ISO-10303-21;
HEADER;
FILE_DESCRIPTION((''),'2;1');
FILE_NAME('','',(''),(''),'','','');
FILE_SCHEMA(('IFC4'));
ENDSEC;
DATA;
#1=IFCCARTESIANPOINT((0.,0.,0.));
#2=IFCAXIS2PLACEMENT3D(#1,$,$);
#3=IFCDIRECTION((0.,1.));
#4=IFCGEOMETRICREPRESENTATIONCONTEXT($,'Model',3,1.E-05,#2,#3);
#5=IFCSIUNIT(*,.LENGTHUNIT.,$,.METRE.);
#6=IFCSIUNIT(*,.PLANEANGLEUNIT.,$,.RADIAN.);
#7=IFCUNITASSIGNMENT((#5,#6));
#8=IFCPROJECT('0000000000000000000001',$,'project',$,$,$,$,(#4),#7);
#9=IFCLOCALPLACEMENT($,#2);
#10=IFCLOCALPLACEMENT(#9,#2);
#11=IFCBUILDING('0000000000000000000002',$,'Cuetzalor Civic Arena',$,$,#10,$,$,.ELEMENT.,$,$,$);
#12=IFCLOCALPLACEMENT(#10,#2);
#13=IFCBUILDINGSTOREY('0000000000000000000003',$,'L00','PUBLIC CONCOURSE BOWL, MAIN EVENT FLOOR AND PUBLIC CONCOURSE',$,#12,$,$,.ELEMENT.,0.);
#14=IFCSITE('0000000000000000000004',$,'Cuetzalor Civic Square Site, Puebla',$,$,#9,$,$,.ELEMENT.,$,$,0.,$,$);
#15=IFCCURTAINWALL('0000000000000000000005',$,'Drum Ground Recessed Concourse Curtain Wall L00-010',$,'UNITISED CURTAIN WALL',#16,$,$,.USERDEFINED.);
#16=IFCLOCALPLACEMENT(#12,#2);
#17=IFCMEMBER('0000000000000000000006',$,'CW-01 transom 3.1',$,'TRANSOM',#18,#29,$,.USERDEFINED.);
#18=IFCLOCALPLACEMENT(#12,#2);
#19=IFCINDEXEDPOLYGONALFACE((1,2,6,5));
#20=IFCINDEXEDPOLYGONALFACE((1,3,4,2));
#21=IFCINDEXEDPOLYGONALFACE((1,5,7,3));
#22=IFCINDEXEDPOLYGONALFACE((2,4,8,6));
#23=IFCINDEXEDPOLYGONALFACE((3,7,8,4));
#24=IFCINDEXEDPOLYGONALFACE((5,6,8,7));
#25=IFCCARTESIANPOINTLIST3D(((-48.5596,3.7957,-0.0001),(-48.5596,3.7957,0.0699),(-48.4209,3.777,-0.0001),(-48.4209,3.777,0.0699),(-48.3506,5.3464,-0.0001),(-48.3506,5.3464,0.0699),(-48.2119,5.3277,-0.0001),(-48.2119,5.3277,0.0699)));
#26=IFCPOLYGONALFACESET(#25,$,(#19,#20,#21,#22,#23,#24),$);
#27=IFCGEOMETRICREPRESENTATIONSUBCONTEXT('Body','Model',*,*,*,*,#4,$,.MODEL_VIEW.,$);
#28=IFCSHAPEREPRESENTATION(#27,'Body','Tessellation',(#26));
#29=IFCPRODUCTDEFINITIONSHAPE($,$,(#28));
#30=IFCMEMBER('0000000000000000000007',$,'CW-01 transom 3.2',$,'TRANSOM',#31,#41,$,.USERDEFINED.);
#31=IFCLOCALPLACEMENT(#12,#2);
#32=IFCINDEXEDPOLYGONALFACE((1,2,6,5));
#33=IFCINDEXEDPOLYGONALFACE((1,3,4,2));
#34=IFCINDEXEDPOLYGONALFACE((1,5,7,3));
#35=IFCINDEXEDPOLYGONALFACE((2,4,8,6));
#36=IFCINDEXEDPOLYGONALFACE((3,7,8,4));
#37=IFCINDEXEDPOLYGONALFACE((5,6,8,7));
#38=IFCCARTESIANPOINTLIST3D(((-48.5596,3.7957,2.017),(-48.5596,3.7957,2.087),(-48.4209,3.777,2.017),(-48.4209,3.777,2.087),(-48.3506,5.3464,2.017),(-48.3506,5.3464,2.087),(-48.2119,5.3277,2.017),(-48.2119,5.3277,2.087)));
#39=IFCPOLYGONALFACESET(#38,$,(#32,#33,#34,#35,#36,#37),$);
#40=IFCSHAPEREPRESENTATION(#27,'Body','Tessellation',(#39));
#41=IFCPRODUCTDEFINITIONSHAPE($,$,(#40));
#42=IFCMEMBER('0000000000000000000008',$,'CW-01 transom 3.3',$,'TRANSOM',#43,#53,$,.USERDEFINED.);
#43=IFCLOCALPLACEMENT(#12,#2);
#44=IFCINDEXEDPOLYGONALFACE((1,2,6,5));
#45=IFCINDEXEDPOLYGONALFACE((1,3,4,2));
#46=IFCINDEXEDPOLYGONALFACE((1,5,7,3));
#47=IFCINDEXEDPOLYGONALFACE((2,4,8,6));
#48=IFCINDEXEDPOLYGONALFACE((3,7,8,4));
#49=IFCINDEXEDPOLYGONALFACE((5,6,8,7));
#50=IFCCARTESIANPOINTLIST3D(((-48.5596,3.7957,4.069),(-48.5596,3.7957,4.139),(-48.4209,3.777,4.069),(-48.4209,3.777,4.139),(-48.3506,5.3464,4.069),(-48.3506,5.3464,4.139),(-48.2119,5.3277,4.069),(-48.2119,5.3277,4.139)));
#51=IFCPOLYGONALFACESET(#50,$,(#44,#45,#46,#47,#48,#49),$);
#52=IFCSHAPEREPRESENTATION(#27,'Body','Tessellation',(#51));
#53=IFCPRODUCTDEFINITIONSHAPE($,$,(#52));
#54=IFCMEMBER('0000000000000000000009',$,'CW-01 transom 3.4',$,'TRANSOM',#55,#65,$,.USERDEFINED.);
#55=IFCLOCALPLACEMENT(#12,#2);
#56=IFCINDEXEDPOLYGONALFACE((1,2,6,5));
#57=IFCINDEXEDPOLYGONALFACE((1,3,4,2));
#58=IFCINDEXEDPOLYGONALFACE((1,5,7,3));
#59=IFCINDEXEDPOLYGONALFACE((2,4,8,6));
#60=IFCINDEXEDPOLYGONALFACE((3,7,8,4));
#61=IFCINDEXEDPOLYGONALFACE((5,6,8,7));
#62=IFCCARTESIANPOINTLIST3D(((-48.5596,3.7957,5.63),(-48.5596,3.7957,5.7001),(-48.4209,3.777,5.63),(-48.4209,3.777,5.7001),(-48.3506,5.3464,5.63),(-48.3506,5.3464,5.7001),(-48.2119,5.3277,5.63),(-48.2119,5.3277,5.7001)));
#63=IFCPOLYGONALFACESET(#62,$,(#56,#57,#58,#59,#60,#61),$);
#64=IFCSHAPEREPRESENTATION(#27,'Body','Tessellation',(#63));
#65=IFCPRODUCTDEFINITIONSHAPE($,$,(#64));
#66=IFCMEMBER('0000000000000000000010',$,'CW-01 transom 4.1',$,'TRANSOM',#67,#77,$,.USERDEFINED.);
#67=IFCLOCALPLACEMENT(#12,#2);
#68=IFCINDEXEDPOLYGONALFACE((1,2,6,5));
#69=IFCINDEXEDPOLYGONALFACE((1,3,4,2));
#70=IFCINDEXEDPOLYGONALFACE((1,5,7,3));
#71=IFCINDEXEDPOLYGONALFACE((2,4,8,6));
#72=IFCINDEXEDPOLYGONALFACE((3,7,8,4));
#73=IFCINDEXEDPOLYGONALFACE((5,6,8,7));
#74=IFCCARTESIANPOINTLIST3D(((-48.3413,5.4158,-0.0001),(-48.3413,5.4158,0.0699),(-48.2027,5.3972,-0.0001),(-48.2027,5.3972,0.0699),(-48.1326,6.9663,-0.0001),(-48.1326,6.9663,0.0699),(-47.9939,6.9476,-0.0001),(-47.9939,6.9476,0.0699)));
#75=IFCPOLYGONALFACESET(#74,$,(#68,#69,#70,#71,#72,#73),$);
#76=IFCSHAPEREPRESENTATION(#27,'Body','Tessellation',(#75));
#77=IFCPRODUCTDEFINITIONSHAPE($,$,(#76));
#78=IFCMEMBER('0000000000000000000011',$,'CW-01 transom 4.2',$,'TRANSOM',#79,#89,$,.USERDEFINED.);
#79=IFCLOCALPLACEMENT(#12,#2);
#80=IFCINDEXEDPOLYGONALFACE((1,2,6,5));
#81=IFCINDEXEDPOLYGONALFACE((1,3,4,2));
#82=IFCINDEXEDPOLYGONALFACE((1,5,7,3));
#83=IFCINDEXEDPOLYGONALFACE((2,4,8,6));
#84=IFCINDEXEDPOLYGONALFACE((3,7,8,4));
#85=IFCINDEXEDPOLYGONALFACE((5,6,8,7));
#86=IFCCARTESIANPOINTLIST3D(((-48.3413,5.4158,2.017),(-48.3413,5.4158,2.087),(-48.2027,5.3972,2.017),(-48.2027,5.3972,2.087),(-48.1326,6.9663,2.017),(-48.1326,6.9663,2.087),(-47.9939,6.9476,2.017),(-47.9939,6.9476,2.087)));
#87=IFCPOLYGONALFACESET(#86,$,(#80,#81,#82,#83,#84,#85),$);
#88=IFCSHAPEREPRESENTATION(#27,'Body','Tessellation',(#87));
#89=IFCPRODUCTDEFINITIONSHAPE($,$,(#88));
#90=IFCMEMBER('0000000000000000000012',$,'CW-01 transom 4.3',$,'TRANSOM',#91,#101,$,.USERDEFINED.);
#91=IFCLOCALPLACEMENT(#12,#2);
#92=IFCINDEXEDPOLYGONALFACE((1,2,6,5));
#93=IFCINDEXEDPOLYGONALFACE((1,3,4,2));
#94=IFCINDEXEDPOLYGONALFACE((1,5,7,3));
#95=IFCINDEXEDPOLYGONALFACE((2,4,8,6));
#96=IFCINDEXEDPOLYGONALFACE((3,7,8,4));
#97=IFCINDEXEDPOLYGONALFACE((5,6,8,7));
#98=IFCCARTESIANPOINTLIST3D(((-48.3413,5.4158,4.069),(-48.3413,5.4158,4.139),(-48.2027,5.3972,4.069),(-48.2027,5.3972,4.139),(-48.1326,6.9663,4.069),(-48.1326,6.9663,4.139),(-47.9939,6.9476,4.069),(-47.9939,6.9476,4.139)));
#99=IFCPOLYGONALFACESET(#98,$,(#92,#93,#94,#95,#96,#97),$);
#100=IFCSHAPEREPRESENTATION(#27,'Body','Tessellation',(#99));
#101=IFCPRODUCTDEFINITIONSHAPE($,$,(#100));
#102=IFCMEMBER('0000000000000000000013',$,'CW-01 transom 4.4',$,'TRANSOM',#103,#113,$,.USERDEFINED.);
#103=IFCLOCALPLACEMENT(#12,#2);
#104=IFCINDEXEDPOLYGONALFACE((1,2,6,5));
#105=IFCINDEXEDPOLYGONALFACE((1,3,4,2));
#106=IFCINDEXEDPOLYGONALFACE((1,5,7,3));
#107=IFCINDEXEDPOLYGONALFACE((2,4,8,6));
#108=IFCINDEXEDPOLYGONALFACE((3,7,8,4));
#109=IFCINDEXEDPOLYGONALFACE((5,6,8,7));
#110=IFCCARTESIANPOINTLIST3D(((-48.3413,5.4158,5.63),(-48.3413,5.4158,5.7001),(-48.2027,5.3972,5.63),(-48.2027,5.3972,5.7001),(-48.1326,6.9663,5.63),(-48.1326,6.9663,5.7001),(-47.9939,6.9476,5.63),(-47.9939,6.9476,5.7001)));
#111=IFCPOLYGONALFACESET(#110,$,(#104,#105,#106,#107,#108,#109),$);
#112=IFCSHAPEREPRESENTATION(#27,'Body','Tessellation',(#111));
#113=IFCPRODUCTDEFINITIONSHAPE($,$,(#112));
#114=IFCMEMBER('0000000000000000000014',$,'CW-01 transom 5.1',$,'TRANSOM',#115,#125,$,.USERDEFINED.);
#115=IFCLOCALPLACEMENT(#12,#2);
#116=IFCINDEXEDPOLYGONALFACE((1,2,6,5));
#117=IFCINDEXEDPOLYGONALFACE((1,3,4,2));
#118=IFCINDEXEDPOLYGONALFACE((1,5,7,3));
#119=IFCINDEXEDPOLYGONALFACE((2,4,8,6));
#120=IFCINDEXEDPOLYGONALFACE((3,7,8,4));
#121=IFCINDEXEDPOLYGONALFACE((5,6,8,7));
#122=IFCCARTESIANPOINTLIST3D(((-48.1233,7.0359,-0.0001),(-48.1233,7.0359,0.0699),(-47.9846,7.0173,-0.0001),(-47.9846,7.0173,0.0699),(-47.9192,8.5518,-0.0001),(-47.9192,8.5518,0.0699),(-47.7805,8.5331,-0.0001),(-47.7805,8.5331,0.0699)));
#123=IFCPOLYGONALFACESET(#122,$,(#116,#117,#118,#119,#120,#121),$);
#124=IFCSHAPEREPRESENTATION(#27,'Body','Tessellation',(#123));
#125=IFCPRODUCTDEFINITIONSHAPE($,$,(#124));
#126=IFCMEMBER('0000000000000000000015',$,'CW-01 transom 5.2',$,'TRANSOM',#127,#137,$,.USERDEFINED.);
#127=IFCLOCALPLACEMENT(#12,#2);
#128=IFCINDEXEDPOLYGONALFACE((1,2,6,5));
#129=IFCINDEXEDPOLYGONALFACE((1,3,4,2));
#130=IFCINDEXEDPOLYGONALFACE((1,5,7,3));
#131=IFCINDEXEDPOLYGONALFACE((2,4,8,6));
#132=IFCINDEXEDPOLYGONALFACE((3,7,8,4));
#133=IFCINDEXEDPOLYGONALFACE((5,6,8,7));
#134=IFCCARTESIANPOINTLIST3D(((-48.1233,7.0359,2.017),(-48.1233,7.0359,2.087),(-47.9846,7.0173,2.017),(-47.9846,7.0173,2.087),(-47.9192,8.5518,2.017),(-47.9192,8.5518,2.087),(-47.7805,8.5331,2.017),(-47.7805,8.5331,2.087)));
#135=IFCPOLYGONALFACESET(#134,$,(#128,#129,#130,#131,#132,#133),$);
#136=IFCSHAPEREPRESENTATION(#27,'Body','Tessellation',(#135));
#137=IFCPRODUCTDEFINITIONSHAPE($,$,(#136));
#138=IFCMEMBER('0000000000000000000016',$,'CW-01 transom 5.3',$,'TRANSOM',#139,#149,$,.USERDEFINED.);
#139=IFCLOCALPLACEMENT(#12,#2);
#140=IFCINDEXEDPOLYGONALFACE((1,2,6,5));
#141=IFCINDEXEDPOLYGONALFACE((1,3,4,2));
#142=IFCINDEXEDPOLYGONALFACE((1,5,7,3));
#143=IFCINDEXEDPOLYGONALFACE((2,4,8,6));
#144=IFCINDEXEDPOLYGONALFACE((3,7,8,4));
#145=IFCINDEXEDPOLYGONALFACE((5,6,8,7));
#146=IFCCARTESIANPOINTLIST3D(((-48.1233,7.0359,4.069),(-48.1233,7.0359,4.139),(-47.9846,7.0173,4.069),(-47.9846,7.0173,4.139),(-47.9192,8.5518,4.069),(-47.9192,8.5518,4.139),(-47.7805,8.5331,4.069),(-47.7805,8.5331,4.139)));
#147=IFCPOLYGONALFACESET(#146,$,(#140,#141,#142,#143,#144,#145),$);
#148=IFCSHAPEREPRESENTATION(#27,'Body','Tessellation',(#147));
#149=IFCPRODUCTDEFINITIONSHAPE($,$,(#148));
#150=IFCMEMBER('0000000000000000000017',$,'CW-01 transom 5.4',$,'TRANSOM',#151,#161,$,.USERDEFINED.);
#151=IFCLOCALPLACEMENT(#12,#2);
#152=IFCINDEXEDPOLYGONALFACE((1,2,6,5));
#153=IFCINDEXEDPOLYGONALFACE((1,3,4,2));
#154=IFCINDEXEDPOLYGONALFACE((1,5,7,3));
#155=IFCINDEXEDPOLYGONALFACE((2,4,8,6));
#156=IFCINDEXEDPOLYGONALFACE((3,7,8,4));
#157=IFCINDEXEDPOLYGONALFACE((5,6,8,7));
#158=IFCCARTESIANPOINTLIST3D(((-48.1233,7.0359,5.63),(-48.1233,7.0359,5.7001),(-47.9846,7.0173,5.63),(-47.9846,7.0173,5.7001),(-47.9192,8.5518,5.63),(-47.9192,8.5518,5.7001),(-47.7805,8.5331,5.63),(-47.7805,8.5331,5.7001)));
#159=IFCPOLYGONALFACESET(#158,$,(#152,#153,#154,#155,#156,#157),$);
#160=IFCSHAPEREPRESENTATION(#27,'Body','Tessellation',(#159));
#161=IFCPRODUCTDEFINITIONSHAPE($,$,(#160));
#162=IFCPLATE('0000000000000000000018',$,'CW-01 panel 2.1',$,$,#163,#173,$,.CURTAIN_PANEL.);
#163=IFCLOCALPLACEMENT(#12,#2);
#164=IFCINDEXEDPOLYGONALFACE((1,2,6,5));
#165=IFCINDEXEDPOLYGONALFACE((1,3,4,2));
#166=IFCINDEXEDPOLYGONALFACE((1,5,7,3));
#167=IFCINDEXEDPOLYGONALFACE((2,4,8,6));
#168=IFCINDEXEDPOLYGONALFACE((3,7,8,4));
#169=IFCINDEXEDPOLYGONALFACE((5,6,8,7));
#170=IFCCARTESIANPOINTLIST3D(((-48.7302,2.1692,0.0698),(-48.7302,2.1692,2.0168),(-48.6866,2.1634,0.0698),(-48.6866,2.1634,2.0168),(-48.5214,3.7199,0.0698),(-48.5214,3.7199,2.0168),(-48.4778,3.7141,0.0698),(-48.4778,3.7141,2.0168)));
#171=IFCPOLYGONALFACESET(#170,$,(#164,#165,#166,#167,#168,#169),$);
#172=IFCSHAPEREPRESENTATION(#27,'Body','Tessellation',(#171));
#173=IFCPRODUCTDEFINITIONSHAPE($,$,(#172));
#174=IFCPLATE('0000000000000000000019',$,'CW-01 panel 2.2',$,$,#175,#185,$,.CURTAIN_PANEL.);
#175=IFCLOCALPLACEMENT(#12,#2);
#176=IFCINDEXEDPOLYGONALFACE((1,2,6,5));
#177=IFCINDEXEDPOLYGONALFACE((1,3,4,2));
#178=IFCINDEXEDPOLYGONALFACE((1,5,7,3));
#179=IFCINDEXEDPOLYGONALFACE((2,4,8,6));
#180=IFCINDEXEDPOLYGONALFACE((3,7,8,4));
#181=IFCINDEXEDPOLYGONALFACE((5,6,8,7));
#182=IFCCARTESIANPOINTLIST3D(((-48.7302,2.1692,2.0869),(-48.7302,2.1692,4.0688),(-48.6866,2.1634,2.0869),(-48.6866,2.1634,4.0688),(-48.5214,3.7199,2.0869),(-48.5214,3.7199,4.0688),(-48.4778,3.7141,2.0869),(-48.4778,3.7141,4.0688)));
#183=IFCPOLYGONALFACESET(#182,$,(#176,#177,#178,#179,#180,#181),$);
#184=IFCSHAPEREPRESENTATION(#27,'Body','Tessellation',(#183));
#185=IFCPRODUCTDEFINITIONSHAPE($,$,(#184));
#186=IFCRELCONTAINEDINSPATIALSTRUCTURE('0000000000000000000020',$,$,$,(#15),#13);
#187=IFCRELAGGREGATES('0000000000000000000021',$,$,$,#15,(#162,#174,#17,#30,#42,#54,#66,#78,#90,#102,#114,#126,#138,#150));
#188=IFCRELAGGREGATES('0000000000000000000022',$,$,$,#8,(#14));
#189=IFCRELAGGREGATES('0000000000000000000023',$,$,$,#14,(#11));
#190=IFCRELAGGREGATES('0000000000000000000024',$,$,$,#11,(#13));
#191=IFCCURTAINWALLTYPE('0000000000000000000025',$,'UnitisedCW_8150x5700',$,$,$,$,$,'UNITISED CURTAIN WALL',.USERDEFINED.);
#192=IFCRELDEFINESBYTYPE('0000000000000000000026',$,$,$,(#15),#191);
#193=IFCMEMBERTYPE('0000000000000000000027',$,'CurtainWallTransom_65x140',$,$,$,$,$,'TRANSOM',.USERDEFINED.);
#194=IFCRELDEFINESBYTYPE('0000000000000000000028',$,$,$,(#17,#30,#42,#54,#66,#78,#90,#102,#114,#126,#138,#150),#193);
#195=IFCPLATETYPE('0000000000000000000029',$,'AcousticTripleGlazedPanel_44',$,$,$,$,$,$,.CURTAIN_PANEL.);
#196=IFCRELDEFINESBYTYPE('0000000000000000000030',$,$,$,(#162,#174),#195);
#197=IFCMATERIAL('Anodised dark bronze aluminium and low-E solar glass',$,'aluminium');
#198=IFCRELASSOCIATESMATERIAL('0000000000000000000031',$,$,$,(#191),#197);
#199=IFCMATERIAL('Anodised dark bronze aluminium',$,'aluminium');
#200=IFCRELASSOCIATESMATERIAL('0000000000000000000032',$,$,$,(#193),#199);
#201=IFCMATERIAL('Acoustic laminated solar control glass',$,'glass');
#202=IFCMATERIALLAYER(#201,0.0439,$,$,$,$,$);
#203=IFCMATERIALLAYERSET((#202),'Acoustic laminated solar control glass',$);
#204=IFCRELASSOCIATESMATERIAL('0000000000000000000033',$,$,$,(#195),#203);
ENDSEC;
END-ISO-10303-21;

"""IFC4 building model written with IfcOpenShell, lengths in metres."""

from ifc_helpers import new_model, si_unit, direction, frame, origin, origin_2d, place, context, subcontext, project, spatial, rectangle, extrude, material, layer, layer_set, material_profile, profile_set, type_object, element, aggregate, save


model = new_model("IFC4")

# Units and contexts
model_context = context("Model", 3, precision=1e-05, world=origin(), true_north=direction((0.0, 1.0)))
body_context = subcontext(model_context, "Body", "Model", "MODEL_VIEW")
ifc_project = project(units=[si_unit("LENGTHUNIT", "METRE"), si_unit("PLANEANGLEUNIT", "RADIAN")], contexts=[model_context])

# Site, building, storey
site_placement = place(None, origin())
site = spatial("IfcSite", under=ifc_project, at=site_placement, Name="Cuetzalor Civic Square Site, Puebla", CompositionType="ELEMENT", RefElevation=0.0)
building_placement = place(site_placement, origin())
building = spatial("IfcBuilding", under=site, at=building_placement, Name="Cuetzalor Civic Arena", CompositionType="ELEMENT")
storey_placement = place(building_placement, origin())
storey = spatial("IfcBuildingStorey", under=building, at=storey_placement, Name="L00", Description="PUBLIC CONCOURSE BOWL, MAIN EVENT FLOOR AND PUBLIC CONCOURSE", CompositionType="ELEMENT", Elevation=0.0)

# Curtain wall, members, plates
ifc_material_1 = material(Name="Anodised dark bronze aluminium and low-E solar glass", Category="aluminium")
curtain_wall_type = type_object("IfcCurtainWallType", Name="UnitisedCW_8150x5700", ElementType="UNITISED CURTAIN WALL", PredefinedType="USERDEFINED", material=ifc_material_1)
curtain_wall_placement = place(storey_placement, origin())
curtain_wall = element("IfcCurtainWall", 1, at=curtain_wall_placement, inside=storey, type_object=curtain_wall_type, Name="Drum Ground Recessed Concourse Curtain Wall L00-010", ObjectType="UNITISED CURTAIN WALL", PredefinedType="USERDEFINED")
ifc_material_2 = material(Name="Anodised dark bronze aluminium", Category="aluminium")
ifc_material_profile_1 = material_profile(ifc_material_2, rectangle(XDim=0.1399, YDim=0.0701, at=origin_2d()), Name="ALU TRANSOM 70x140")
ifc_profile_set_1 = profile_set([ifc_material_profile_1], Name="Anodised dark bronze aluminium")
member_type_1 = type_object("IfcMemberType", Name="CurtainWallTransom_65x140", ElementType="TRANSOM", PredefinedType="USERDEFINED", material=ifc_profile_set_1)
member_1_placement = place(storey_placement, frame((-48.4902, 3.7864, 0.0349), z_axis=(0.133553, 0.991042, 0.0), x_axis=(-0.991042, 0.133553, 0.0)))
member_1 = element("IfcMember", 2, at=member_1_placement, type_object=member_type_1, Name="CW-01 transom 3.1", ObjectType="TRANSOM", PredefinedType="USERDEFINED", context=body_context, shape_type="SweptSolid", body=[
    extrude(rectangle(XDim=0.1399, YDim=0.0701, at=origin_2d()), origin(), (0.0, 0.0, 1.0), 1.5647),
])
member_2_placement = place(storey_placement, frame((-48.4902, 3.7864, 2.052), z_axis=(0.133553, 0.991042, 0.0), x_axis=(-0.991042, 0.133553, 0.0)))
member_2 = element("IfcMember", 3, at=member_2_placement, type_object=member_type_1, Name="CW-01 transom 3.2", ObjectType="TRANSOM", PredefinedType="USERDEFINED", context=body_context, shape_type="SweptSolid", body=[
    extrude(rectangle(XDim=0.1399, YDim=0.0701, at=origin_2d()), origin(), (0.0, 0.0, 1.0), 1.5647),
])
member_3_placement = place(storey_placement, frame((-48.4902, 3.7864, 4.104), z_axis=(0.133553, 0.991042, 0.0), x_axis=(-0.991042, 0.133553, 0.0)))
member_3 = element("IfcMember", 4, at=member_3_placement, type_object=member_type_1, Name="CW-01 transom 3.3", ObjectType="TRANSOM", PredefinedType="USERDEFINED", context=body_context, shape_type="SweptSolid", body=[
    extrude(rectangle(XDim=0.1399, YDim=0.0701, at=origin_2d()), origin(), (0.0, 0.0, 1.0), 1.5647),
])
member_4_placement = place(storey_placement, frame((-48.4902, 3.7864, 5.665), z_axis=(0.133553, 0.991042, 0.0), x_axis=(-0.991042, 0.133553, 0.0)))
member_4 = element("IfcMember", 5, at=member_4_placement, type_object=member_type_1, Name="CW-01 transom 3.4", ObjectType="TRANSOM", PredefinedType="USERDEFINED", context=body_context, shape_type="SweptSolid", body=[
    extrude(rectangle(XDim=0.1399, YDim=0.0701, at=origin_2d()), origin(), (0.0, 0.0, 1.0), 1.5647),
])
member_5_placement = place(storey_placement, frame((-48.272, 5.4065, 0.0349), z_axis=(0.133421, 0.991059, 0.0), x_axis=(-0.991059, 0.133421, 0.0)))
member_5 = element("IfcMember", 6, at=member_5_placement, type_object=member_type_1, Name="CW-01 transom 4.1", ObjectType="TRANSOM", PredefinedType="USERDEFINED", context=body_context, shape_type="SweptSolid", body=[
    extrude(rectangle(XDim=0.1399, YDim=0.0701, at=origin_2d()), origin(), (0.0, 0.0, 1.0), 1.5645),
])
member_6_placement = place(storey_placement, frame((-48.272, 5.4065, 2.052), z_axis=(0.133421, 0.991059, 0.0), x_axis=(-0.991059, 0.133421, 0.0)))
member_6 = element("IfcMember", 7, at=member_6_placement, type_object=member_type_1, Name="CW-01 transom 4.2", ObjectType="TRANSOM", PredefinedType="USERDEFINED", context=body_context, shape_type="SweptSolid", body=[
    extrude(rectangle(XDim=0.1399, YDim=0.0701, at=origin_2d()), origin(), (0.0, 0.0, 1.0), 1.5645),
])
member_7_placement = place(storey_placement, frame((-48.272, 5.4065, 4.104), z_axis=(0.133421, 0.991059, 0.0), x_axis=(-0.991059, 0.133421, 0.0)))
member_7 = element("IfcMember", 8, at=member_7_placement, type_object=member_type_1, Name="CW-01 transom 4.3", ObjectType="TRANSOM", PredefinedType="USERDEFINED", context=body_context, shape_type="SweptSolid", body=[
    extrude(rectangle(XDim=0.1399, YDim=0.0701, at=origin_2d()), origin(), (0.0, 0.0, 1.0), 1.5645),
])
member_8_placement = place(storey_placement, frame((-48.272, 5.4065, 5.665), z_axis=(0.133421, 0.991059, 0.0), x_axis=(-0.991059, 0.133421, 0.0)))
member_8 = element("IfcMember", 9, at=member_8_placement, type_object=member_type_1, Name="CW-01 transom 4.4", ObjectType="TRANSOM", PredefinedType="USERDEFINED", context=body_context, shape_type="SweptSolid", body=[
    extrude(rectangle(XDim=0.1399, YDim=0.0701, at=origin_2d()), origin(), (0.0, 0.0, 1.0), 1.5645),
])
member_9_placement = place(storey_placement, frame((-48.054, 7.0266, 0.0349), z_axis=(0.133439, 0.991057, 0.0), x_axis=(-0.991057, 0.133439, 0.0)))
member_9 = element("IfcMember", 10, at=member_9_placement, type_object=member_type_1, Name="CW-01 transom 5.1", ObjectType="TRANSOM", PredefinedType="USERDEFINED", context=body_context, shape_type="SweptSolid", body=[
    extrude(rectangle(XDim=0.1399, YDim=0.0701, at=origin_2d()), origin(), (0.0, 0.0, 1.0), 1.5295),
])
member_10_placement = place(storey_placement, frame((-48.054, 7.0266, 2.052), z_axis=(0.133439, 0.991057, 0.0), x_axis=(-0.991057, 0.133439, 0.0)))
member_10 = element("IfcMember", 11, at=member_10_placement, type_object=member_type_1, Name="CW-01 transom 5.2", ObjectType="TRANSOM", PredefinedType="USERDEFINED", context=body_context, shape_type="SweptSolid", body=[
    extrude(rectangle(XDim=0.1399, YDim=0.0701, at=origin_2d()), origin(), (0.0, 0.0, 1.0), 1.5295),
])
member_11_placement = place(storey_placement, frame((-48.054, 7.0266, 4.104), z_axis=(0.133439, 0.991057, 0.0), x_axis=(-0.991057, 0.133439, 0.0)))
member_11 = element("IfcMember", 12, at=member_11_placement, type_object=member_type_1, Name="CW-01 transom 5.3", ObjectType="TRANSOM", PredefinedType="USERDEFINED", context=body_context, shape_type="SweptSolid", body=[
    extrude(rectangle(XDim=0.1399, YDim=0.0701, at=origin_2d()), origin(), (0.0, 0.0, 1.0), 1.5295),
])
member_12_placement = place(storey_placement, frame((-48.054, 7.0266, 5.665), z_axis=(0.133439, 0.991057, 0.0), x_axis=(-0.991057, 0.133439, 0.0)))
member_12 = element("IfcMember", 13, at=member_12_placement, type_object=member_type_1, Name="CW-01 transom 5.4", ObjectType="TRANSOM", PredefinedType="USERDEFINED", context=body_context, shape_type="SweptSolid", body=[
    extrude(rectangle(XDim=0.1399, YDim=0.0701, at=origin_2d()), origin(), (0.0, 0.0, 1.0), 1.5295),
])
ifc_material_3 = material(Name="Acoustic laminated solar control glass", Category="glass")
ifc_layer_1 = layer(ifc_material_3, 0.0439)
ifc_layer_set_1 = layer_set([ifc_layer_1], Name="Acoustic laminated solar control glass")
plate_type = type_object("IfcPlateType", Name="AcousticTripleGlazedPanel_44", PredefinedType="CURTAIN_PANEL", material=ifc_layer_set_1)
plate_1_placement = place(storey_placement, frame((-48.604, 2.9417, 0.0698), z_axis=(0.0, 0.0, 1.0), x_axis=(0.133443, 0.991056, 0.0)))
plate_1 = element("IfcPlate", 14, at=plate_1_placement, type_object=plate_type, Name="CW-01 panel 2.1", PredefinedType="CURTAIN_PANEL", context=body_context, shape_type="SweptSolid", body=[
    extrude(rectangle(XDim=1.5647, YDim=0.0439, at=origin_2d()), origin(), (0.0, 0.0, 1.0), 1.947),
])
plate_2_placement = place(storey_placement, frame((-48.604, 2.9417, 2.0869), z_axis=(0.0, 0.0, 1.0), x_axis=(0.133443, 0.991056, 0.0)))
plate_2 = element("IfcPlate", 15, at=plate_2_placement, type_object=plate_type, Name="CW-01 panel 2.2", PredefinedType="CURTAIN_PANEL", context=body_context, shape_type="SweptSolid", body=[
    extrude(rectangle(XDim=1.5647, YDim=0.0439, at=origin_2d()), origin(), (0.0, 0.0, 1.0), 1.9819),
])
aggregate(curtain_wall, [plate_1, plate_2, member_1, member_2, member_3, member_4, member_5, member_6, member_7, member_8, member_9, member_10, member_11, member_12])

save(model, "model.ifc")
